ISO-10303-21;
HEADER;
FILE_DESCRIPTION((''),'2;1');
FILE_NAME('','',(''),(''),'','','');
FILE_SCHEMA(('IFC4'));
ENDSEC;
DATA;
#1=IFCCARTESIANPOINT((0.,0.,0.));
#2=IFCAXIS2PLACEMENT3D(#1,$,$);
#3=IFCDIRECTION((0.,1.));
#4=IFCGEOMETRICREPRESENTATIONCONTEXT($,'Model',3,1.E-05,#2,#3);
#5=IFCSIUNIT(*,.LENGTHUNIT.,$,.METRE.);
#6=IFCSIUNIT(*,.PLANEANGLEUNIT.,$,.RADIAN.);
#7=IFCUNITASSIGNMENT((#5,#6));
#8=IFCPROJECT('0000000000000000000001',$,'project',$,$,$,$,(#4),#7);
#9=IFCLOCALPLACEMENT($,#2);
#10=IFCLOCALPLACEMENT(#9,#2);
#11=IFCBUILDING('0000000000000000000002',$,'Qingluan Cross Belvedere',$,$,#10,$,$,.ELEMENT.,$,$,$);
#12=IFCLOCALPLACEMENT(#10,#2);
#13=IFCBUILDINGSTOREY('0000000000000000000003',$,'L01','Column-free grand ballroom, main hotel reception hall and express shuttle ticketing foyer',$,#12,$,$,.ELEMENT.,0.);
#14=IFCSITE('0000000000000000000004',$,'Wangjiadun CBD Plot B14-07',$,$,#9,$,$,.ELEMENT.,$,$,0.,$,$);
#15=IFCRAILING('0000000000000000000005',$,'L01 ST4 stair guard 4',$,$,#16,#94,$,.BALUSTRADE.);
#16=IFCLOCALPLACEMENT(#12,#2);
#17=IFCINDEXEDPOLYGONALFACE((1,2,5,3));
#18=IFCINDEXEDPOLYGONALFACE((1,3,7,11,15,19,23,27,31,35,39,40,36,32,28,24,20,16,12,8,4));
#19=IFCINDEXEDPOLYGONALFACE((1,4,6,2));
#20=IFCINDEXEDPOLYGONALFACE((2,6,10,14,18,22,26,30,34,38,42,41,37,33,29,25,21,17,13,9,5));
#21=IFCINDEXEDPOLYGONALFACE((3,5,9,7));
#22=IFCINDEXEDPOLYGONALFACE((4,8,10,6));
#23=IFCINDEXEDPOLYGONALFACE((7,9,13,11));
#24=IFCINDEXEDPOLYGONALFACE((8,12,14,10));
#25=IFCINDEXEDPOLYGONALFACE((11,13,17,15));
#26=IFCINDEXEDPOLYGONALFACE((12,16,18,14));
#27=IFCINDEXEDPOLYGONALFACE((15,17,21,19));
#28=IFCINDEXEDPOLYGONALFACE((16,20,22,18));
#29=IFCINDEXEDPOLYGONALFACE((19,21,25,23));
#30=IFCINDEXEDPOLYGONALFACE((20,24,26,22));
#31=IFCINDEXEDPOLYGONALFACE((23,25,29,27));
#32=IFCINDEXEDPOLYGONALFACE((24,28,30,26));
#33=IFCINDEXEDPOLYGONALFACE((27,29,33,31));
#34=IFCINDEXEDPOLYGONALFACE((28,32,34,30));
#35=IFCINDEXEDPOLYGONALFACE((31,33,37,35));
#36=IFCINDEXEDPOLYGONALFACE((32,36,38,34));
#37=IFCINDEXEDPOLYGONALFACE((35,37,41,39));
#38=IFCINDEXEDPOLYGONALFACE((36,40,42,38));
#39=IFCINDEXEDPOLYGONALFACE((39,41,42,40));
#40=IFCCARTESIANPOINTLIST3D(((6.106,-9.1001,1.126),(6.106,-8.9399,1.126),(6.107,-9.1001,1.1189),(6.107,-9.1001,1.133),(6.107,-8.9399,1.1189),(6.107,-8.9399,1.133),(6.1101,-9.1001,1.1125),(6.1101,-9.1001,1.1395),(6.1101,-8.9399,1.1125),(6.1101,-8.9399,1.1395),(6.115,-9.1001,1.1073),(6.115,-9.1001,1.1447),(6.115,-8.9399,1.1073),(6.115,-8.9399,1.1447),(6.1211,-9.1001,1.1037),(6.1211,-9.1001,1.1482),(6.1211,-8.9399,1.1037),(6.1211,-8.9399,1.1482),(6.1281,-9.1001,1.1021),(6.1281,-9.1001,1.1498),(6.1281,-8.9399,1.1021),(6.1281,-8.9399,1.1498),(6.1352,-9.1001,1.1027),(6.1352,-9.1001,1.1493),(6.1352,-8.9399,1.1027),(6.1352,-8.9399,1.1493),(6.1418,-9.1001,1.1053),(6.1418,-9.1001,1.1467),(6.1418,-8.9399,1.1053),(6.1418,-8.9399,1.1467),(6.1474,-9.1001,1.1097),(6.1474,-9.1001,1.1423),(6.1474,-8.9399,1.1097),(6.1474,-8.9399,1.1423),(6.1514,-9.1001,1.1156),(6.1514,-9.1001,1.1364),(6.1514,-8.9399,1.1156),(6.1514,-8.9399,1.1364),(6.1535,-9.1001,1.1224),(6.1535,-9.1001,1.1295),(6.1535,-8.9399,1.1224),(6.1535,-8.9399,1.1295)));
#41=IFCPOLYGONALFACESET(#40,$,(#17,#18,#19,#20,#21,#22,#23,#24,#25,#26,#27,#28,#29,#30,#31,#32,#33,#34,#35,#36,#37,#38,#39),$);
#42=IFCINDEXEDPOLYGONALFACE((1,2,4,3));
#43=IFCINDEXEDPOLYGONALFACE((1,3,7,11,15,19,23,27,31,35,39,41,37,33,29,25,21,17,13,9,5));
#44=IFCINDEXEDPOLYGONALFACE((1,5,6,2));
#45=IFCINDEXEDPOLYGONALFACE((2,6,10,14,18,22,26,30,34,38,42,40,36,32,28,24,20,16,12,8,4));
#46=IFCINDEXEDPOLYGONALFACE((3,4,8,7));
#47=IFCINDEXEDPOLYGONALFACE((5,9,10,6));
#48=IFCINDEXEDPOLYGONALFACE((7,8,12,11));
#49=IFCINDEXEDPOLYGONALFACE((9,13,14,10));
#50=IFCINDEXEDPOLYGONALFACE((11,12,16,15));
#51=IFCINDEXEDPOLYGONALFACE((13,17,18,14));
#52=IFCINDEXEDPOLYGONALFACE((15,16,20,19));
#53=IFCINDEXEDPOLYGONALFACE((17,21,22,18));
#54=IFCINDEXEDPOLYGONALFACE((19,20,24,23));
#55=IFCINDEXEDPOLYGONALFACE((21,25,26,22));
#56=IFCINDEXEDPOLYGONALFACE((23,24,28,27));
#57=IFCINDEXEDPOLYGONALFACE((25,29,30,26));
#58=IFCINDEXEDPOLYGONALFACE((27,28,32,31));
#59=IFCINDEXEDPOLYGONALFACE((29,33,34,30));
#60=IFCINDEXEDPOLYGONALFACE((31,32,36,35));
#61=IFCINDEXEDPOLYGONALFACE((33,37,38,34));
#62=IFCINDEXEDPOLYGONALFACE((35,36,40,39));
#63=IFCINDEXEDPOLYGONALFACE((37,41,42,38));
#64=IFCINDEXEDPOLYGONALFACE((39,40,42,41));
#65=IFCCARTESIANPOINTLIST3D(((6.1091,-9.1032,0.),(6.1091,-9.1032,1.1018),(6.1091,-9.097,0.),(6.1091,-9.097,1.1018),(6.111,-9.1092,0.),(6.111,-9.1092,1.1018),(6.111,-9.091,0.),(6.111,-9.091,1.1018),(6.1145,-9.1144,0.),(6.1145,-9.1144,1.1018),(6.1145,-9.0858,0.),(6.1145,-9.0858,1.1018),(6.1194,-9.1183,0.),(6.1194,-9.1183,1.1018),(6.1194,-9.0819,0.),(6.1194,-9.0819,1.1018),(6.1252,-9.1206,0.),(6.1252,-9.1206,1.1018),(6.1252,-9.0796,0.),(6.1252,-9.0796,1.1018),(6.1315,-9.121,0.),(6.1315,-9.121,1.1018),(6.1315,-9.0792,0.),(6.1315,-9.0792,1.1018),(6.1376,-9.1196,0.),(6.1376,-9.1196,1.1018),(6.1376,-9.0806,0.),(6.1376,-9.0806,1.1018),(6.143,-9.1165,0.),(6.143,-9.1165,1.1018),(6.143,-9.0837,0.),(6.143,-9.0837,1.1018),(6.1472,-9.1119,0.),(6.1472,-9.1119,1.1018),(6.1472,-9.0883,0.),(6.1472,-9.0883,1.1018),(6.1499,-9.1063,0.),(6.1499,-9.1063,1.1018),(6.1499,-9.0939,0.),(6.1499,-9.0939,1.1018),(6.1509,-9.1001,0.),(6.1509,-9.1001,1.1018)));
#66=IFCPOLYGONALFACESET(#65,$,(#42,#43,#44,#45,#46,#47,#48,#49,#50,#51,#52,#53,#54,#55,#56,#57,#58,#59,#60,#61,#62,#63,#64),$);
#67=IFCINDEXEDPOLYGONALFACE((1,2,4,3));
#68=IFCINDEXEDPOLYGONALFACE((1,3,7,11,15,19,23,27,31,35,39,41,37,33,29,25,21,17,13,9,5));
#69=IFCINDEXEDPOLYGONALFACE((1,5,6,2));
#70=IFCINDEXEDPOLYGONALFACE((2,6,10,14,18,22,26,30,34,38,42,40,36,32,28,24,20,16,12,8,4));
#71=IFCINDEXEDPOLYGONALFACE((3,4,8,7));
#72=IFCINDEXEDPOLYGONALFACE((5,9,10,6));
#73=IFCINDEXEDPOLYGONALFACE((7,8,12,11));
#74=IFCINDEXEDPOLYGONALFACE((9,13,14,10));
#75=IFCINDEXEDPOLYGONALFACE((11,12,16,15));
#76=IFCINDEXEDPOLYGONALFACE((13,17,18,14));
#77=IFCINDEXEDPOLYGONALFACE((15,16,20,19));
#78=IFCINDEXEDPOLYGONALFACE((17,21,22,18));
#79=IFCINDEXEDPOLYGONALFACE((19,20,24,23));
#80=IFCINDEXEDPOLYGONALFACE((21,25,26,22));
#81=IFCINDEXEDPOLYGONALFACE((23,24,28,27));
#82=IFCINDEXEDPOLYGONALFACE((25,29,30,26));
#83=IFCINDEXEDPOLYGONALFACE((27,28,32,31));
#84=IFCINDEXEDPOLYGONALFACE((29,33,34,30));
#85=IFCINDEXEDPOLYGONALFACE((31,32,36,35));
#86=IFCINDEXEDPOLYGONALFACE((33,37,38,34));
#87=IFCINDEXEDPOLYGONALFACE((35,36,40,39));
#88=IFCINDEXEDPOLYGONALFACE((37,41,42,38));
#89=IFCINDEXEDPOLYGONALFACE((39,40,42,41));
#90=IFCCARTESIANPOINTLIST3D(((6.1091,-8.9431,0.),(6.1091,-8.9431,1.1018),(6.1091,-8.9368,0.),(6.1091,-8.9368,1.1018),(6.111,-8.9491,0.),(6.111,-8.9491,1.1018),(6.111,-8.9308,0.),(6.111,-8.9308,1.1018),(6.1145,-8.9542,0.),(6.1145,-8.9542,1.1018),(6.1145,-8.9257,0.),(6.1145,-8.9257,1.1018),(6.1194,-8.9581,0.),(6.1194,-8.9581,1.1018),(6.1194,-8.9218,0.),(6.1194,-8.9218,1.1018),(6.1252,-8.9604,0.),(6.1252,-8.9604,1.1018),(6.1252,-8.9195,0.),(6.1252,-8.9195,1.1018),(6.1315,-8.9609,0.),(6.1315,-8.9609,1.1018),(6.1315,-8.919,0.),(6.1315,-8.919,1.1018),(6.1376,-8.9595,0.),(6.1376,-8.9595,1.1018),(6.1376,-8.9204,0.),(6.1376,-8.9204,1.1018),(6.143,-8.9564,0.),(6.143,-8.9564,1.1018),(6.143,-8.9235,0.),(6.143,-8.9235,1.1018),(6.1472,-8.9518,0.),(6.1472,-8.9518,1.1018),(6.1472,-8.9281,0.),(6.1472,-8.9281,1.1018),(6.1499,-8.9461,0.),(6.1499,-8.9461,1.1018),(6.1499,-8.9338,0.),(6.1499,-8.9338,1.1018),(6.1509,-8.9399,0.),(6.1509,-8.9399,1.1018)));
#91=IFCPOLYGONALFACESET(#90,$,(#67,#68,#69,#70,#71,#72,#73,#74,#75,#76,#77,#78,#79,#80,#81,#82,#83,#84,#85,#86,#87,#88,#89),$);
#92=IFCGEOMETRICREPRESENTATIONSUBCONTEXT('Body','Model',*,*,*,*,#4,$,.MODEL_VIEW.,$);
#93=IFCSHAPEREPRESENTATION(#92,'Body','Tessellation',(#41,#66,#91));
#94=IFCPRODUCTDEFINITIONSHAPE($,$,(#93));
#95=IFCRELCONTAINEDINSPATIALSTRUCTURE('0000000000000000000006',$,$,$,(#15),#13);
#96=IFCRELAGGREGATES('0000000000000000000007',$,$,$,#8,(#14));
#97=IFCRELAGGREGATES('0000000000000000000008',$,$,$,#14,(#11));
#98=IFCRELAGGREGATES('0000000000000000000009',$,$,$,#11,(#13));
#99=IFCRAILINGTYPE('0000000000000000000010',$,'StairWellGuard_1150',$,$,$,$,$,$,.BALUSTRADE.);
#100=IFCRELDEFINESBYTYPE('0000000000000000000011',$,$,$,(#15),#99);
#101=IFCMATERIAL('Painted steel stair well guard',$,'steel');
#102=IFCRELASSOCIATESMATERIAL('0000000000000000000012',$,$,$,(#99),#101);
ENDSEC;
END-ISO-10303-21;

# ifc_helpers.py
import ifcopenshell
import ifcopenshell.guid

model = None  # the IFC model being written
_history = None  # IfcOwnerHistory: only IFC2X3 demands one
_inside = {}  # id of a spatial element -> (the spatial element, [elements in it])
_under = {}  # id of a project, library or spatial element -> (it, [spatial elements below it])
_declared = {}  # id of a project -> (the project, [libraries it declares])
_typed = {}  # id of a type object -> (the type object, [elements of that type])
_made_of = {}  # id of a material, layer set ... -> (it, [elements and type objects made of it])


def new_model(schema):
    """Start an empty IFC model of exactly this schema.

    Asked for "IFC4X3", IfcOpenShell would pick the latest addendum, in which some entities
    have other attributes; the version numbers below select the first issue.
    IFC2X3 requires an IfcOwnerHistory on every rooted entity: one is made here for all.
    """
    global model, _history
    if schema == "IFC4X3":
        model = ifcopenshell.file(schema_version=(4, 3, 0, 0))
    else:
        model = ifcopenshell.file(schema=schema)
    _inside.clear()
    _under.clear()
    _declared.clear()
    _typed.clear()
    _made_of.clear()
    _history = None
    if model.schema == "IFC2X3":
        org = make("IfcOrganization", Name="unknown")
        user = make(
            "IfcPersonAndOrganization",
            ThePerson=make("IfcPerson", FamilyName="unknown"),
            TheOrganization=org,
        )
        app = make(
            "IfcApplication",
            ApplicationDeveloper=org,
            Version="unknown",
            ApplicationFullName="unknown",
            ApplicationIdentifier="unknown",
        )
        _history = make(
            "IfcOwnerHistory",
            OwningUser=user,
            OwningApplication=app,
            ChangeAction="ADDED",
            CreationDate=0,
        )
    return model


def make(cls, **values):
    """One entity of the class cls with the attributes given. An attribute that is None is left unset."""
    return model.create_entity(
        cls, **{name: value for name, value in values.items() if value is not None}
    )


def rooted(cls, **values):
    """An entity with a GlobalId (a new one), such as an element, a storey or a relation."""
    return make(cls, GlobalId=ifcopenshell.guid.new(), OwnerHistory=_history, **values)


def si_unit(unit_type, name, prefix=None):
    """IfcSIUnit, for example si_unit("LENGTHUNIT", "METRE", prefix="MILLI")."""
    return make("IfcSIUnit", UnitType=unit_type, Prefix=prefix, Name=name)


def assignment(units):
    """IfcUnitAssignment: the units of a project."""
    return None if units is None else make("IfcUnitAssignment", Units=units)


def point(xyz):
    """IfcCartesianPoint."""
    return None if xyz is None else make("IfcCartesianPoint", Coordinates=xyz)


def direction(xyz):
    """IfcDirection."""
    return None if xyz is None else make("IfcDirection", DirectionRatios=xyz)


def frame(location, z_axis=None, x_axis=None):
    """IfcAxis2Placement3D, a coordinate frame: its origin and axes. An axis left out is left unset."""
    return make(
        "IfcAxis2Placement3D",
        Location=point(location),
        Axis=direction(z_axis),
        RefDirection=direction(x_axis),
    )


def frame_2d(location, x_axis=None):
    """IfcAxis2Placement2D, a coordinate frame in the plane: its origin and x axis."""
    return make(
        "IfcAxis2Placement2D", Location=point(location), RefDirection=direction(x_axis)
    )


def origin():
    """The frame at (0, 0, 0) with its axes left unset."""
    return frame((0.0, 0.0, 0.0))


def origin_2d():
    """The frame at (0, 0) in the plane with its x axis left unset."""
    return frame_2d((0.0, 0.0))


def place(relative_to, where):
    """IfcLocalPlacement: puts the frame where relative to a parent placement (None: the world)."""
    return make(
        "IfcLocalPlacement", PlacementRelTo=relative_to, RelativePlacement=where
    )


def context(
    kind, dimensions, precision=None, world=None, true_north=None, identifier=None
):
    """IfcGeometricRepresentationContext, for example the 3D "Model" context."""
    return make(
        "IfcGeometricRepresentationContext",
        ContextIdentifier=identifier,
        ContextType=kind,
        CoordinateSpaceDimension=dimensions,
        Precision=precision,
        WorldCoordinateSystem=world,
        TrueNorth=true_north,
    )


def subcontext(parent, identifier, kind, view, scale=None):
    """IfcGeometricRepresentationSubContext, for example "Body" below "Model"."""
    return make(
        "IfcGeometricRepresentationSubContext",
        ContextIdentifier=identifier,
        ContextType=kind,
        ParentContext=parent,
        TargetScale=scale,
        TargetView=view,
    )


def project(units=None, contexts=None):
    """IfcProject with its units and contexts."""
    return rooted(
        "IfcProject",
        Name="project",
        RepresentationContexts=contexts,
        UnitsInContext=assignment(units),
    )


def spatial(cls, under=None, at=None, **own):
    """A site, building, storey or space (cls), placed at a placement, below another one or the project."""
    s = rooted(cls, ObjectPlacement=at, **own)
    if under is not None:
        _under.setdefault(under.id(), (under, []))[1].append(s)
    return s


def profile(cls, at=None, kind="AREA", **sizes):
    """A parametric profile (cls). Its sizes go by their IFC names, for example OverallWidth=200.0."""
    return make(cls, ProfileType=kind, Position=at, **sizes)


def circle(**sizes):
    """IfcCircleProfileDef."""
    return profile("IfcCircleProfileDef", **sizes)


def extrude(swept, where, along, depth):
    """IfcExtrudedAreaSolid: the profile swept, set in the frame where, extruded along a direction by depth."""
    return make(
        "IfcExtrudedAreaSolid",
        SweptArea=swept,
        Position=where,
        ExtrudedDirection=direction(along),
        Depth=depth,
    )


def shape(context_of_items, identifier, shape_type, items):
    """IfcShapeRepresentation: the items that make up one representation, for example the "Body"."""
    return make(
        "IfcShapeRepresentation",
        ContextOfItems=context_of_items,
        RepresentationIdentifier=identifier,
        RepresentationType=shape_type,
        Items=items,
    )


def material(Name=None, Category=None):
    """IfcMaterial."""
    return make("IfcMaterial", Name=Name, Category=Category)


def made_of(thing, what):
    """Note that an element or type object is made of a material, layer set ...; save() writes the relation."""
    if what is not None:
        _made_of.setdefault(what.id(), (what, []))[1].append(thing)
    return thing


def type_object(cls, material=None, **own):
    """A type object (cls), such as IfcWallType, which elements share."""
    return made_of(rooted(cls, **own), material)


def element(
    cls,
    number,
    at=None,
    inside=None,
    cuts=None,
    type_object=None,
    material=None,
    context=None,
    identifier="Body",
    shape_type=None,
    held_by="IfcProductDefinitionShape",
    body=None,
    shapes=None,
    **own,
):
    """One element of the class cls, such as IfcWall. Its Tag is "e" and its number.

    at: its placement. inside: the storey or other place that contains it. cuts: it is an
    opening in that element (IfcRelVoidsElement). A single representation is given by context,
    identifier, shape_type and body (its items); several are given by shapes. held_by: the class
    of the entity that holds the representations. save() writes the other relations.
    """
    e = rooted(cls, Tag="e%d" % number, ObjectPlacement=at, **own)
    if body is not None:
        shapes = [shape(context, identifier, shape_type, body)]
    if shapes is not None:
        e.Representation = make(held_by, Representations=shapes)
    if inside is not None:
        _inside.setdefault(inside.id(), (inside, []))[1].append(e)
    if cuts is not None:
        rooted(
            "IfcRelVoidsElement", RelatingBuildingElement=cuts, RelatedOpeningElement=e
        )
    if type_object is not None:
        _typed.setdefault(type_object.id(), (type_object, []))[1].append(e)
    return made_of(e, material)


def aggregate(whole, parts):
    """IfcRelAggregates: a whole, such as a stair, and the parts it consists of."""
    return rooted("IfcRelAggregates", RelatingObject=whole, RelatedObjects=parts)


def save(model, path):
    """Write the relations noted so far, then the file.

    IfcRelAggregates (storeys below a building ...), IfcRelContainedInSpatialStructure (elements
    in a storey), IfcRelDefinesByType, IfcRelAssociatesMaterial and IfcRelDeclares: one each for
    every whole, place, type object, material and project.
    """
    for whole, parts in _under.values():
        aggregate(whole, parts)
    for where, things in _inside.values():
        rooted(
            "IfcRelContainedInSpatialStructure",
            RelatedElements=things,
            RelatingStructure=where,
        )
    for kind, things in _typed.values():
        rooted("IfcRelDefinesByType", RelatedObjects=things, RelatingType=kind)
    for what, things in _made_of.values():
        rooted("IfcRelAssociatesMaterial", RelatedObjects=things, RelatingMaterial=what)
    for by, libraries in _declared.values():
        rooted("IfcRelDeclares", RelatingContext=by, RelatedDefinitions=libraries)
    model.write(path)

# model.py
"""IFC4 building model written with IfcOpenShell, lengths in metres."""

from ifc_helpers import new_model, si_unit, direction, frame, origin, origin_2d, place, context, subcontext, project, spatial, circle, extrude, material, type_object, element, save


model = new_model("IFC4")

# Units and contexts
model_context = context("Model", 3, precision=1e-05, world=origin(), true_north=direction((0.0, 1.0)))
body_context = subcontext(model_context, "Body", "Model", "MODEL_VIEW")
ifc_project = project(units=[si_unit("LENGTHUNIT", "METRE"), si_unit("PLANEANGLEUNIT", "RADIAN")], contexts=[model_context])

# Site, building, storey
site_placement = place(None, origin())
site = spatial("IfcSite", under=ifc_project, at=site_placement, Name="Wangjiadun CBD Plot B14-07", CompositionType="ELEMENT", RefElevation=0.0)
building_placement = place(site_placement, origin())
building = spatial("IfcBuilding", under=site, at=building_placement, Name="Qingluan Cross Belvedere", CompositionType="ELEMENT")
storey_placement = place(building_placement, origin())
storey = spatial("IfcBuildingStorey", under=building, at=storey_placement, Name="L01", Description="Column-free grand ballroom, main hotel reception hall and express shuttle ticketing foyer", CompositionType="ELEMENT", Elevation=0.0)

# Railing
ifc_material_1 = material(Name="Painted steel stair well guard", Category="steel")
railing_type_1 = type_object("IfcRailingType", Name="StairWellGuard_1150", PredefinedType="BALUSTRADE", material=ifc_material_1)
railing_1_placement = place(storey_placement, frame((6.1299, -9.1001, 0.0)))
element("IfcRailing", 1, at=railing_1_placement, inside=storey, type_object=railing_type_1, Name="L01 ST4 stair guard 4", PredefinedType="BALUSTRADE", context=body_context, shape_type="SweptSolid", body=[
    extrude(circle(Radius=0.0239, at=origin_2d()), frame((0.0, 0.0, 1.126), z_axis=(0.0, 1.0, 0.0), x_axis=(-1.0, 0.0, 0.0)), (0.0, 0.0, 1.0), 0.1602),
    extrude(circle(Radius=0.021, at=origin_2d()), origin(), (0.0, 0.0, 1.0), 1.1018),
    extrude(circle(Radius=0.021, at=origin_2d()), frame((0.0, 0.1602, 0.0)), (0.0, 0.0, 1.0), 1.1018),
])

save(model, "model.ifc")
